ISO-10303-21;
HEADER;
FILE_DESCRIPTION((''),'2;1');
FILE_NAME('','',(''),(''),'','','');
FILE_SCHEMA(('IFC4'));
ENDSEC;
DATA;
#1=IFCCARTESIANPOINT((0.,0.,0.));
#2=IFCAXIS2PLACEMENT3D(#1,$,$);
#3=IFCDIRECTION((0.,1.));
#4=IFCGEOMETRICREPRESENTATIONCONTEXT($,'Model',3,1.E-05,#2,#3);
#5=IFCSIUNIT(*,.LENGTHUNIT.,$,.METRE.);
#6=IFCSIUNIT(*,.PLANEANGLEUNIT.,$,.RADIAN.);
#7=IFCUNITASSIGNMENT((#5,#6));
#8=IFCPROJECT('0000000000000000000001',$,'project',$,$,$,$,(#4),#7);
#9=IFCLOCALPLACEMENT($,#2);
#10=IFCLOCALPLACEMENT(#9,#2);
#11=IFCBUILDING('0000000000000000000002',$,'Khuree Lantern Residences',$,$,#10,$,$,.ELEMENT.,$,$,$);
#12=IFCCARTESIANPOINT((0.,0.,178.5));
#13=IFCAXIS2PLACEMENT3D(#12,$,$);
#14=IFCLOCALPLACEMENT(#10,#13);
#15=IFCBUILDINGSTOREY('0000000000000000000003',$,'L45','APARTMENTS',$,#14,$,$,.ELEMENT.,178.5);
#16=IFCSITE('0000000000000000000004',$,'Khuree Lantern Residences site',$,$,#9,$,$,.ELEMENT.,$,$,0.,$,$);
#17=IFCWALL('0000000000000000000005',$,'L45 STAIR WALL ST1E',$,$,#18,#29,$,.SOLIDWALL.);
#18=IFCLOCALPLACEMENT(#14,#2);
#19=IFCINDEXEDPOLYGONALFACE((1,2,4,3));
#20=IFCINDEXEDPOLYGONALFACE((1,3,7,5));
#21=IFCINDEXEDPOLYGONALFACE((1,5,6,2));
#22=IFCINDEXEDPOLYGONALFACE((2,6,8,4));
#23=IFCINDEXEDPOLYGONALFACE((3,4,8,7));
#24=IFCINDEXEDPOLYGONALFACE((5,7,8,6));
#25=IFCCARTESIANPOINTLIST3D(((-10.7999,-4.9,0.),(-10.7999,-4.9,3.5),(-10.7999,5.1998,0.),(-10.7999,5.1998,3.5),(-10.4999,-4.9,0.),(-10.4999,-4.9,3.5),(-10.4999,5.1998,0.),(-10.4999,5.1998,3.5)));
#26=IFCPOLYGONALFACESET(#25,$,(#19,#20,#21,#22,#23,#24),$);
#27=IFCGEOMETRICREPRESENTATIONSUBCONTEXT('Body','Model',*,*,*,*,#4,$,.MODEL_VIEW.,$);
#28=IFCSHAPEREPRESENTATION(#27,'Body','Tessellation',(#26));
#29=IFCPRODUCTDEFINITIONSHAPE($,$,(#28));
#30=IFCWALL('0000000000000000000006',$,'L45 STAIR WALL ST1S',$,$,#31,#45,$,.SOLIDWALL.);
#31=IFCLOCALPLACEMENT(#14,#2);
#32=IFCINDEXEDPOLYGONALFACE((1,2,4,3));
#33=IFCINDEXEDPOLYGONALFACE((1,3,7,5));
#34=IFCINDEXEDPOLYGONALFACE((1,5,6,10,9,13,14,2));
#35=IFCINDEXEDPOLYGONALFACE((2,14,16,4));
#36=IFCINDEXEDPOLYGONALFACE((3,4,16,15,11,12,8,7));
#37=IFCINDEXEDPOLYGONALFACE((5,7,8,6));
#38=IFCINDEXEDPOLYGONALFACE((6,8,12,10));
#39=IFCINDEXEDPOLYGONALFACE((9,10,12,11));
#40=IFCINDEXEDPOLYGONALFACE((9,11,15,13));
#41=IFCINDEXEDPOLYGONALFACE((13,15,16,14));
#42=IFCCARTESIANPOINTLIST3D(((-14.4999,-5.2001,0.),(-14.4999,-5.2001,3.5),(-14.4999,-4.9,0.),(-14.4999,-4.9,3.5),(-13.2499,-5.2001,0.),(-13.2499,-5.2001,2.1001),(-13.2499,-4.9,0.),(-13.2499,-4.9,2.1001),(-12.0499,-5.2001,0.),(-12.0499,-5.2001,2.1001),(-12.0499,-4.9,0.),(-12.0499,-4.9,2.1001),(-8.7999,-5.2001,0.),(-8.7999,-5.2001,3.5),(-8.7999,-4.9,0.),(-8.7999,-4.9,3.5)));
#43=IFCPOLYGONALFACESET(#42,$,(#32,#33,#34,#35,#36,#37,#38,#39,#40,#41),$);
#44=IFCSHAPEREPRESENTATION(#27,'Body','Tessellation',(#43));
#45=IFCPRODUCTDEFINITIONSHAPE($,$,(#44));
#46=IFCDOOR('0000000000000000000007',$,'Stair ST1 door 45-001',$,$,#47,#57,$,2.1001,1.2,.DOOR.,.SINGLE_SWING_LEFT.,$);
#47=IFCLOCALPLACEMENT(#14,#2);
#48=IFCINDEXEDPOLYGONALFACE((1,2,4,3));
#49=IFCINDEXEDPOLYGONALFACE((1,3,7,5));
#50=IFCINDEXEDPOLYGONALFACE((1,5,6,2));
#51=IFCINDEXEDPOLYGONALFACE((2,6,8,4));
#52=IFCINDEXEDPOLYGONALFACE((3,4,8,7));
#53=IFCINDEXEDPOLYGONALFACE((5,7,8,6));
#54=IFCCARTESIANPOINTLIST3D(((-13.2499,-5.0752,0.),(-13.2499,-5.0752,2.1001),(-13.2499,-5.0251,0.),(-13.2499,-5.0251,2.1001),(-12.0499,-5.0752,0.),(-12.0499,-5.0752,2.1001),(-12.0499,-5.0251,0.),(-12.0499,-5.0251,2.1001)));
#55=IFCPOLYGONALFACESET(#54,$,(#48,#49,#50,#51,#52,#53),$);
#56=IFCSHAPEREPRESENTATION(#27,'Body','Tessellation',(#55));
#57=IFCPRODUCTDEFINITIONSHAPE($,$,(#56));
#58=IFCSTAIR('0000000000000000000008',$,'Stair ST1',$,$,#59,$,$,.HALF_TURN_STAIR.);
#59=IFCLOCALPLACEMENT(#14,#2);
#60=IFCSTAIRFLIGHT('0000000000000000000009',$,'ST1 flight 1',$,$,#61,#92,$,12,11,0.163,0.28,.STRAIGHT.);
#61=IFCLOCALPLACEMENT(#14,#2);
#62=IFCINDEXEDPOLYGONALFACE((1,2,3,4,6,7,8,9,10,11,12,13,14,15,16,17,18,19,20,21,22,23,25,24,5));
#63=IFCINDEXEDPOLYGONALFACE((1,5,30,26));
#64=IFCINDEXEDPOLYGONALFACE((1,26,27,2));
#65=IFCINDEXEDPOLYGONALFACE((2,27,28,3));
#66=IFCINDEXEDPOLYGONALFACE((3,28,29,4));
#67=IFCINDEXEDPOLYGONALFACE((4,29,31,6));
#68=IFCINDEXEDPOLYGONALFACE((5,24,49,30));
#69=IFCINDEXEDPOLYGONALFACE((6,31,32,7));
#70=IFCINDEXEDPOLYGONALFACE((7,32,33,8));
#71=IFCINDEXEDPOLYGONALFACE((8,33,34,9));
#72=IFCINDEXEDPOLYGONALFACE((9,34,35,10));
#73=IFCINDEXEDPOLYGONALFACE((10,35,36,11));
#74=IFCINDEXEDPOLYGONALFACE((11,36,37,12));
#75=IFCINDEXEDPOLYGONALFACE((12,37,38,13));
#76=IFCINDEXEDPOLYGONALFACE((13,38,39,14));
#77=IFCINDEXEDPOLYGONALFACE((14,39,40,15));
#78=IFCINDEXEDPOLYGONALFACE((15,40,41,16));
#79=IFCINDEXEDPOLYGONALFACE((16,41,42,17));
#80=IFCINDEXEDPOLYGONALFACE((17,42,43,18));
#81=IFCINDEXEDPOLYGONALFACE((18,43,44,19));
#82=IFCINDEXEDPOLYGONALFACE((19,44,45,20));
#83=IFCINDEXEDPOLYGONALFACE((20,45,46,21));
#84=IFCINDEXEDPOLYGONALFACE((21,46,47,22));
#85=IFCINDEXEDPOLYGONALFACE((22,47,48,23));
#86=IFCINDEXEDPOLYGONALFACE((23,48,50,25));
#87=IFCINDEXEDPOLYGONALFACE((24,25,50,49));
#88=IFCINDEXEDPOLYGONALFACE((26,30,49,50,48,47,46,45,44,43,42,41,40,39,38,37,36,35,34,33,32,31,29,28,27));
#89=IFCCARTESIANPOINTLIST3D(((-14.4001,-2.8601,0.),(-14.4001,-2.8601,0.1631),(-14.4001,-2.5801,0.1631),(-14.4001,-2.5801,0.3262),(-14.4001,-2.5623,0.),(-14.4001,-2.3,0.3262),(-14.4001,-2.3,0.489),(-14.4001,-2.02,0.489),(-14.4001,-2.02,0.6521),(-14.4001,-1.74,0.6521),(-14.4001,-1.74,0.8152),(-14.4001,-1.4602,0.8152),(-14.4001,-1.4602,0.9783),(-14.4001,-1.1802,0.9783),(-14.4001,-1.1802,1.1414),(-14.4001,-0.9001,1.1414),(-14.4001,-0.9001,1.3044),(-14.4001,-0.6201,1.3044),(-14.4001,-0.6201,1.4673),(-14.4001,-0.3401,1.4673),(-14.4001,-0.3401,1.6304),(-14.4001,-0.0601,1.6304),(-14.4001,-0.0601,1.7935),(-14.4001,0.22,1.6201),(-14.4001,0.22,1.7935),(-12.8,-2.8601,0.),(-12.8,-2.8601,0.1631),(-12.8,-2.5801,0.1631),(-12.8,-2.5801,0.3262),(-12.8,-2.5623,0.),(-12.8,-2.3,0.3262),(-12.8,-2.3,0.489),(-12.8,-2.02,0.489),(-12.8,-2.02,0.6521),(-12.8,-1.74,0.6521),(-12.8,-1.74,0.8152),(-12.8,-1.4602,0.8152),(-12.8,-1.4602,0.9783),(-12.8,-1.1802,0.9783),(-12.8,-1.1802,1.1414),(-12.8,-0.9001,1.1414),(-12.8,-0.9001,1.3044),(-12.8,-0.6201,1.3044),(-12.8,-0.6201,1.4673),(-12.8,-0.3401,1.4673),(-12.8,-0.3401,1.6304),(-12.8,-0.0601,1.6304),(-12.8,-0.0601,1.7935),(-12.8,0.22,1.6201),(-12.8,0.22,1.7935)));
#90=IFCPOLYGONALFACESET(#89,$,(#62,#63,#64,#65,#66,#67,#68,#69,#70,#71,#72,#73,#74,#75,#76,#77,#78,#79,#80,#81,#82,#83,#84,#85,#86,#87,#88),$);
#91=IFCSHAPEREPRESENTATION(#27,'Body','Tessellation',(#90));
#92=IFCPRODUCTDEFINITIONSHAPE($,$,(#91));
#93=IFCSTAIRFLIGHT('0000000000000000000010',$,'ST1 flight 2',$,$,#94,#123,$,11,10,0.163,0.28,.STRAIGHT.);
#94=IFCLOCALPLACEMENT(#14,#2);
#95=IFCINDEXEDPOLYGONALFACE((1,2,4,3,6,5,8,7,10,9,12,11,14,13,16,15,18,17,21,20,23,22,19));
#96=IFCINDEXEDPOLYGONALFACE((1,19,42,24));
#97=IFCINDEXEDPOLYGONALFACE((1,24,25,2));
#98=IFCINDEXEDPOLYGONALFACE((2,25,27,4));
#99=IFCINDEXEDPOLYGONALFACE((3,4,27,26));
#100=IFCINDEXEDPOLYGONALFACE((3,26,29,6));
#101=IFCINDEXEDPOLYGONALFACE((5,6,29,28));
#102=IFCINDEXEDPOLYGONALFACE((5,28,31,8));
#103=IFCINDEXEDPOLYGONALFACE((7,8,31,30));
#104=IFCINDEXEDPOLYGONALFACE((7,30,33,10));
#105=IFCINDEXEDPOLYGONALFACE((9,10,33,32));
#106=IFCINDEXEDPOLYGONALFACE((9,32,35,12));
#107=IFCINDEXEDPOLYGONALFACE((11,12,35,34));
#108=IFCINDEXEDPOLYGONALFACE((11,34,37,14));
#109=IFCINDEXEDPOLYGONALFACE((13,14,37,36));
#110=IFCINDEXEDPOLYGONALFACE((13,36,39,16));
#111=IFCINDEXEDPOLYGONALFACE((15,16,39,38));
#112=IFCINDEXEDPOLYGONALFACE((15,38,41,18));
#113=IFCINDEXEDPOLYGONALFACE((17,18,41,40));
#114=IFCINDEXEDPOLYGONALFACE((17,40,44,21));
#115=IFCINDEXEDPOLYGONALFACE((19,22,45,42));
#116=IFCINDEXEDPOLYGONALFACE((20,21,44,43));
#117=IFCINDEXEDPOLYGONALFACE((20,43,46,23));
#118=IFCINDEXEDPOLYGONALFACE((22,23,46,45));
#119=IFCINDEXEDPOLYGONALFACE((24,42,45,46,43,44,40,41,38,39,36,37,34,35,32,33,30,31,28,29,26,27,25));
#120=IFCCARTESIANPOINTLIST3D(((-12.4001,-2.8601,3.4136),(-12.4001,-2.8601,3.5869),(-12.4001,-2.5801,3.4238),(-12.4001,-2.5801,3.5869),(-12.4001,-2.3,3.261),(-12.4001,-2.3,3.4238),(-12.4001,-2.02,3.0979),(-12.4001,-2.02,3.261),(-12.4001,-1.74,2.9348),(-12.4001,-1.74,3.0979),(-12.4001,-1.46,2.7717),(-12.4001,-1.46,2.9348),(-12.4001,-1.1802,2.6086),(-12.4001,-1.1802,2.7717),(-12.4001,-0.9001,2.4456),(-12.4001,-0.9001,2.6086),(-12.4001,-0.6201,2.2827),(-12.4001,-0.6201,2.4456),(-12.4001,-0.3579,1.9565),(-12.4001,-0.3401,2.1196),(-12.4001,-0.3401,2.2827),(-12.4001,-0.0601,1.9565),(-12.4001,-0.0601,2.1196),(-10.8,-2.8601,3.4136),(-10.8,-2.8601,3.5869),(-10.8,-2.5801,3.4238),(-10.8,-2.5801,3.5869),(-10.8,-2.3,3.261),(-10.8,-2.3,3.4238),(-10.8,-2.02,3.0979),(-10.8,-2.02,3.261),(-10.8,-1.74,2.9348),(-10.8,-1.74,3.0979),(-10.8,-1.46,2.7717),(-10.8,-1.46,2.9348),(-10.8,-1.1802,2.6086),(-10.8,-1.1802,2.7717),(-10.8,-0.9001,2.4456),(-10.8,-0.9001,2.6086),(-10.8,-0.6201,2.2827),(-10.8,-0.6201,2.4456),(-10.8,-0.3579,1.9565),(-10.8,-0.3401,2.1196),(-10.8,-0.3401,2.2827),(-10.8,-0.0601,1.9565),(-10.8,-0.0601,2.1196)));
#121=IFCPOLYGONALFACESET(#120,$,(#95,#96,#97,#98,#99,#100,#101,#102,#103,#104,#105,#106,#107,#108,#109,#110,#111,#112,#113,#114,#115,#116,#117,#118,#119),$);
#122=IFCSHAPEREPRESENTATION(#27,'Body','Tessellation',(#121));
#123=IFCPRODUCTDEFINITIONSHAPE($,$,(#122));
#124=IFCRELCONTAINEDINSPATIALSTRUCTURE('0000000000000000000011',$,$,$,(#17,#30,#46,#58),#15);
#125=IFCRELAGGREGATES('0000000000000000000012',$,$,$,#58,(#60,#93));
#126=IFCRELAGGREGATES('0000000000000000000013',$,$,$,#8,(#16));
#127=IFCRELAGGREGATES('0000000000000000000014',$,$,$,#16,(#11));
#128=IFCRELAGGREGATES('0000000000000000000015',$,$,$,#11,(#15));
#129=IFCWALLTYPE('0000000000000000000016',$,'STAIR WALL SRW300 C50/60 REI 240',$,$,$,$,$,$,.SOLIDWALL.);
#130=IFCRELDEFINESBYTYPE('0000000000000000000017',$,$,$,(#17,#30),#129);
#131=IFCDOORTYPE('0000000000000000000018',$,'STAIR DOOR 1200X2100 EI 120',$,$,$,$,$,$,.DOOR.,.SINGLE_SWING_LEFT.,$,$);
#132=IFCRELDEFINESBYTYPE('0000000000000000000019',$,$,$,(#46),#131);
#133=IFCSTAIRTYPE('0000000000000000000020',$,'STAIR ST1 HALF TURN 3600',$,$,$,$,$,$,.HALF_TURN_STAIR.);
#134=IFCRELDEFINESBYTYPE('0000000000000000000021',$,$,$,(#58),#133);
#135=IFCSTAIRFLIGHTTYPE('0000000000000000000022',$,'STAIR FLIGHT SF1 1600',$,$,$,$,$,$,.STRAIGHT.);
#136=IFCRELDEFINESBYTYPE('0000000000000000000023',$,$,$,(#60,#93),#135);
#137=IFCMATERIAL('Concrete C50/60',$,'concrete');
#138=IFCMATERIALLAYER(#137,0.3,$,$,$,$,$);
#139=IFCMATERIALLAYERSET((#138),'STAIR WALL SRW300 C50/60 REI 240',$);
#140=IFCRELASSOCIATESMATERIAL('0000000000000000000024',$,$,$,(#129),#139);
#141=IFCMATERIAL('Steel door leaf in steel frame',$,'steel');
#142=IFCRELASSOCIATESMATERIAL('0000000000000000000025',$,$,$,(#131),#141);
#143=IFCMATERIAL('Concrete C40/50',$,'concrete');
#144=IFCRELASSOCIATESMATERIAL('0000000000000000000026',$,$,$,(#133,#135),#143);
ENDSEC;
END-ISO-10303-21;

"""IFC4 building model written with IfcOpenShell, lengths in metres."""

from ifc_helpers import new_model, si_unit, direction, frame, frame_2d, origin, place, context, subcontext, project, spatial, polyline, rectangle, outline, extrude, material, layer, layer_set, type_object, element, fill, aggregate, save


model = new_model("IFC4")

# Units and contexts
model_context = context("Model", 3, precision=1e-05, world=origin(), true_north=direction((0.0, 1.0)))
body_context = subcontext(model_context, "Body", "Model", "MODEL_VIEW")
ifc_project = project(units=[si_unit("LENGTHUNIT", "METRE"), si_unit("PLANEANGLEUNIT", "RADIAN")], contexts=[model_context])

# Site, building, storey
site_placement = place(None, origin())
site = spatial("IfcSite", under=ifc_project, at=site_placement, Name="Khuree Lantern Residences site", CompositionType="ELEMENT", RefElevation=0.0)
building_placement = place(site_placement, origin())
building = spatial("IfcBuilding", under=site, at=building_placement, Name="Khuree Lantern Residences", CompositionType="ELEMENT")
storey_placement = place(building_placement, frame((0.0, 0.0, 178.5)))
storey = spatial("IfcBuildingStorey", under=building, at=storey_placement, Name="L45", Description="APARTMENTS", CompositionType="ELEMENT", Elevation=178.5)

# Shared definitions
ifc_material_1 = material(Name="Steel door leaf in steel frame", Category="steel")

# Wall
ifc_material_2 = material(Name="Concrete C50/60", Category="concrete")
ifc_layer_1 = layer(ifc_material_2, 0.3)
ifc_layer_set_1 = layer_set([ifc_layer_1], Name="STAIR WALL SRW300 C50/60 REI 240")
wall_type_1 = type_object("IfcWallType", Name="STAIR WALL SRW300 C50/60 REI 240", PredefinedType="SOLIDWALL", material=ifc_layer_set_1)
wall_1_placement = place(storey_placement, frame((-10.6499, -4.8999, 0.0), z_axis=(0.0, 0.0, 1.0), x_axis=(0.0, 1.0, 0.0)))
element("IfcWall", 1, at=wall_1_placement, inside=storey, type_object=wall_type_1, Name="L45 STAIR WALL ST1E", PredefinedType="SOLIDWALL", context=body_context, shape_type="SweptSolid", body=[
    extrude(rectangle(XDim=10.0999, YDim=0.3, at=frame_2d((5.0498, 0.0))), origin(), (0.0, 0.0, 1.0), 3.5),
])

# Wall, opening, door
wall_2_placement = place(storey_placement, frame((-14.5, -5.05, 0.0), z_axis=(0.0, 0.0, 1.0), x_axis=(1.0, 0.0, 0.0)))
wall_2 = element("IfcWall", 2, at=wall_2_placement, inside=storey, type_object=wall_type_1, Name="L45 STAIR WALL ST1S", PredefinedType="SOLIDWALL", context=body_context, shape_type="SweptSolid", body=[
    extrude(rectangle(XDim=5.7, YDim=0.3, at=frame_2d((2.8501, 0.0))), origin(), (0.0, 0.0, 1.0), 3.5),
])
opening_1_placement = place(wall_2_placement, frame((1.25, 0.0, 0.0)))
opening_1 = element("IfcOpeningElement", 3, at=opening_1_placement, cuts=wall_2, PredefinedType="OPENING", context=body_context, shape_type="SweptSolid", body=[
    extrude(rectangle(XDim=1.2, YDim=2.1001, at=frame_2d((0.6001, 1.05))), frame((0.0, 0.1602, 0.0), z_axis=(0.0, -1.0, 0.0), x_axis=(1.0, 0.0, 0.0)), (0.0, 0.0, 1.0), 0.3201),
])
door_type_1 = type_object("IfcDoorType", Name="STAIR DOOR 1200X2100 EI 120", OperationType="SINGLE_SWING_LEFT", PredefinedType="DOOR", material=ifc_material_1)
door_1_placement = place(opening_1_placement, origin())
door_1 = element("IfcDoor", 4, at=door_1_placement, inside=storey, type_object=door_type_1, Name="Stair ST1 door 45-001", OperationType="SINGLE_SWING_LEFT", OverallHeight=2.1001, OverallWidth=1.2, PredefinedType="DOOR", context=body_context, shape_type="SweptSolid", body=[
    extrude(rectangle(XDim=1.2, YDim=2.1001, at=frame_2d((0.6001, 1.05))), frame((0.0, 0.0249, 0.0), z_axis=(0.0, -1.0, 0.0), x_axis=(1.0, 0.0, 0.0)), (0.0, 0.0, 1.0), 0.05),
])
fill(opening_1, door_1)

# Stair, stair flights
ifc_material_3 = material(Name="Concrete C40/50", Category="concrete")
stair_type = type_object("IfcStairType", Name="STAIR ST1 HALF TURN 3600", PredefinedType="HALF_TURN_STAIR", material=ifc_material_3)
stair_placement = place(storey_placement, origin())
stair = element("IfcStair", 5, at=stair_placement, inside=storey, type_object=stair_type, Name="Stair ST1", PredefinedType="HALF_TURN_STAIR")
stair_flight_type = type_object("IfcStairFlightType", Name="STAIR FLIGHT SF1 1600", PredefinedType="STRAIGHT", material=ifc_material_3)
stair_flight_1_placement = place(storey_placement, frame((-13.6001, -2.8601, 0.0), z_axis=(0.0, 0.0, 1.0), x_axis=(0.0, 1.0, 0.0)))
stair_flight_1 = element("IfcStairFlight", 6, at=stair_flight_1_placement, type_object=stair_flight_type, Name="ST1 flight 1", NumberOfRisers=12, NumberOfTreads=11, PredefinedType="STRAIGHT", RiserHeight=0.163, TreadLength=0.28, context=body_context, shape_type="SweptSolid", body=[
    extrude(outline(polyline([(0.0, 0.0), (0.0, 0.1631), (0.28, 0.1631), (0.28, 0.3262), (0.5601, 0.3262), (0.5601, 0.489), (0.8401, 0.489), (0.8401, 0.6521), (1.1201, 0.6521), (1.1201, 0.8152), (1.3999, 0.8152), (1.3999, 0.9783), (1.6799, 0.9783), (1.6799, 1.1414), (1.96, 1.1414), (1.96, 1.3044), (2.24, 1.3044), (2.24, 1.4673), (2.52, 1.4673), (2.52, 1.6304), (2.8, 1.6304), (2.8, 1.7935), (3.0801, 1.7935), (3.0801, 1.9565), (3.0801, 1.6201), (0.2979, 0.0), (0.0, 0.0)])), frame((0.0, 0.8, 0.0), z_axis=(0.0, -1.0, 0.0), x_axis=(1.0, 0.0, 0.0)), (0.0, 0.0, 1.0), 1.6001),
])
stair_flight_2_placement = place(storey_placement, frame((-11.6001, -0.0601, 1.9565), z_axis=(0.0, 0.0, 1.0), x_axis=(0.0, -1.0, 0.0)))
stair_flight_2 = element("IfcStairFlight", 7, at=stair_flight_2_placement, type_object=stair_flight_type, Name="ST1 flight 2", NumberOfRisers=11, NumberOfTreads=10, PredefinedType="STRAIGHT", RiserHeight=0.163, TreadLength=0.28, context=body_context, shape_type="SweptSolid", body=[
    extrude(outline(polyline([(0.0, 0.0), (0.0, 0.1631), (0.28, 0.1631), (0.28, 0.3262), (0.5601, 0.3262), (0.5601, 0.489), (0.8401, 0.489), (0.8401, 0.6521), (1.1201, 0.6521), (1.1201, 0.8152), (1.3999, 0.8152), (1.3999, 0.9783), (1.6799, 0.9783), (1.6799, 1.1414), (1.96, 1.1414), (1.96, 1.3044), (2.24, 1.3044), (2.24, 1.4673), (2.52, 1.4673), (2.52, 1.6304), (2.8, 1.6304), (2.8, 1.7935), (2.8, 1.457), (0.2979, 0.0), (0.0, 0.0)])), frame((0.0, 0.8, 0.0), z_axis=(0.0, -1.0, 0.0), x_axis=(1.0, 0.0, 0.0)), (0.0, 0.0, 1.0), 1.6001),
])
aggregate(stair, [stair_flight_1, stair_flight_2])

save(model, "model.ifc")
